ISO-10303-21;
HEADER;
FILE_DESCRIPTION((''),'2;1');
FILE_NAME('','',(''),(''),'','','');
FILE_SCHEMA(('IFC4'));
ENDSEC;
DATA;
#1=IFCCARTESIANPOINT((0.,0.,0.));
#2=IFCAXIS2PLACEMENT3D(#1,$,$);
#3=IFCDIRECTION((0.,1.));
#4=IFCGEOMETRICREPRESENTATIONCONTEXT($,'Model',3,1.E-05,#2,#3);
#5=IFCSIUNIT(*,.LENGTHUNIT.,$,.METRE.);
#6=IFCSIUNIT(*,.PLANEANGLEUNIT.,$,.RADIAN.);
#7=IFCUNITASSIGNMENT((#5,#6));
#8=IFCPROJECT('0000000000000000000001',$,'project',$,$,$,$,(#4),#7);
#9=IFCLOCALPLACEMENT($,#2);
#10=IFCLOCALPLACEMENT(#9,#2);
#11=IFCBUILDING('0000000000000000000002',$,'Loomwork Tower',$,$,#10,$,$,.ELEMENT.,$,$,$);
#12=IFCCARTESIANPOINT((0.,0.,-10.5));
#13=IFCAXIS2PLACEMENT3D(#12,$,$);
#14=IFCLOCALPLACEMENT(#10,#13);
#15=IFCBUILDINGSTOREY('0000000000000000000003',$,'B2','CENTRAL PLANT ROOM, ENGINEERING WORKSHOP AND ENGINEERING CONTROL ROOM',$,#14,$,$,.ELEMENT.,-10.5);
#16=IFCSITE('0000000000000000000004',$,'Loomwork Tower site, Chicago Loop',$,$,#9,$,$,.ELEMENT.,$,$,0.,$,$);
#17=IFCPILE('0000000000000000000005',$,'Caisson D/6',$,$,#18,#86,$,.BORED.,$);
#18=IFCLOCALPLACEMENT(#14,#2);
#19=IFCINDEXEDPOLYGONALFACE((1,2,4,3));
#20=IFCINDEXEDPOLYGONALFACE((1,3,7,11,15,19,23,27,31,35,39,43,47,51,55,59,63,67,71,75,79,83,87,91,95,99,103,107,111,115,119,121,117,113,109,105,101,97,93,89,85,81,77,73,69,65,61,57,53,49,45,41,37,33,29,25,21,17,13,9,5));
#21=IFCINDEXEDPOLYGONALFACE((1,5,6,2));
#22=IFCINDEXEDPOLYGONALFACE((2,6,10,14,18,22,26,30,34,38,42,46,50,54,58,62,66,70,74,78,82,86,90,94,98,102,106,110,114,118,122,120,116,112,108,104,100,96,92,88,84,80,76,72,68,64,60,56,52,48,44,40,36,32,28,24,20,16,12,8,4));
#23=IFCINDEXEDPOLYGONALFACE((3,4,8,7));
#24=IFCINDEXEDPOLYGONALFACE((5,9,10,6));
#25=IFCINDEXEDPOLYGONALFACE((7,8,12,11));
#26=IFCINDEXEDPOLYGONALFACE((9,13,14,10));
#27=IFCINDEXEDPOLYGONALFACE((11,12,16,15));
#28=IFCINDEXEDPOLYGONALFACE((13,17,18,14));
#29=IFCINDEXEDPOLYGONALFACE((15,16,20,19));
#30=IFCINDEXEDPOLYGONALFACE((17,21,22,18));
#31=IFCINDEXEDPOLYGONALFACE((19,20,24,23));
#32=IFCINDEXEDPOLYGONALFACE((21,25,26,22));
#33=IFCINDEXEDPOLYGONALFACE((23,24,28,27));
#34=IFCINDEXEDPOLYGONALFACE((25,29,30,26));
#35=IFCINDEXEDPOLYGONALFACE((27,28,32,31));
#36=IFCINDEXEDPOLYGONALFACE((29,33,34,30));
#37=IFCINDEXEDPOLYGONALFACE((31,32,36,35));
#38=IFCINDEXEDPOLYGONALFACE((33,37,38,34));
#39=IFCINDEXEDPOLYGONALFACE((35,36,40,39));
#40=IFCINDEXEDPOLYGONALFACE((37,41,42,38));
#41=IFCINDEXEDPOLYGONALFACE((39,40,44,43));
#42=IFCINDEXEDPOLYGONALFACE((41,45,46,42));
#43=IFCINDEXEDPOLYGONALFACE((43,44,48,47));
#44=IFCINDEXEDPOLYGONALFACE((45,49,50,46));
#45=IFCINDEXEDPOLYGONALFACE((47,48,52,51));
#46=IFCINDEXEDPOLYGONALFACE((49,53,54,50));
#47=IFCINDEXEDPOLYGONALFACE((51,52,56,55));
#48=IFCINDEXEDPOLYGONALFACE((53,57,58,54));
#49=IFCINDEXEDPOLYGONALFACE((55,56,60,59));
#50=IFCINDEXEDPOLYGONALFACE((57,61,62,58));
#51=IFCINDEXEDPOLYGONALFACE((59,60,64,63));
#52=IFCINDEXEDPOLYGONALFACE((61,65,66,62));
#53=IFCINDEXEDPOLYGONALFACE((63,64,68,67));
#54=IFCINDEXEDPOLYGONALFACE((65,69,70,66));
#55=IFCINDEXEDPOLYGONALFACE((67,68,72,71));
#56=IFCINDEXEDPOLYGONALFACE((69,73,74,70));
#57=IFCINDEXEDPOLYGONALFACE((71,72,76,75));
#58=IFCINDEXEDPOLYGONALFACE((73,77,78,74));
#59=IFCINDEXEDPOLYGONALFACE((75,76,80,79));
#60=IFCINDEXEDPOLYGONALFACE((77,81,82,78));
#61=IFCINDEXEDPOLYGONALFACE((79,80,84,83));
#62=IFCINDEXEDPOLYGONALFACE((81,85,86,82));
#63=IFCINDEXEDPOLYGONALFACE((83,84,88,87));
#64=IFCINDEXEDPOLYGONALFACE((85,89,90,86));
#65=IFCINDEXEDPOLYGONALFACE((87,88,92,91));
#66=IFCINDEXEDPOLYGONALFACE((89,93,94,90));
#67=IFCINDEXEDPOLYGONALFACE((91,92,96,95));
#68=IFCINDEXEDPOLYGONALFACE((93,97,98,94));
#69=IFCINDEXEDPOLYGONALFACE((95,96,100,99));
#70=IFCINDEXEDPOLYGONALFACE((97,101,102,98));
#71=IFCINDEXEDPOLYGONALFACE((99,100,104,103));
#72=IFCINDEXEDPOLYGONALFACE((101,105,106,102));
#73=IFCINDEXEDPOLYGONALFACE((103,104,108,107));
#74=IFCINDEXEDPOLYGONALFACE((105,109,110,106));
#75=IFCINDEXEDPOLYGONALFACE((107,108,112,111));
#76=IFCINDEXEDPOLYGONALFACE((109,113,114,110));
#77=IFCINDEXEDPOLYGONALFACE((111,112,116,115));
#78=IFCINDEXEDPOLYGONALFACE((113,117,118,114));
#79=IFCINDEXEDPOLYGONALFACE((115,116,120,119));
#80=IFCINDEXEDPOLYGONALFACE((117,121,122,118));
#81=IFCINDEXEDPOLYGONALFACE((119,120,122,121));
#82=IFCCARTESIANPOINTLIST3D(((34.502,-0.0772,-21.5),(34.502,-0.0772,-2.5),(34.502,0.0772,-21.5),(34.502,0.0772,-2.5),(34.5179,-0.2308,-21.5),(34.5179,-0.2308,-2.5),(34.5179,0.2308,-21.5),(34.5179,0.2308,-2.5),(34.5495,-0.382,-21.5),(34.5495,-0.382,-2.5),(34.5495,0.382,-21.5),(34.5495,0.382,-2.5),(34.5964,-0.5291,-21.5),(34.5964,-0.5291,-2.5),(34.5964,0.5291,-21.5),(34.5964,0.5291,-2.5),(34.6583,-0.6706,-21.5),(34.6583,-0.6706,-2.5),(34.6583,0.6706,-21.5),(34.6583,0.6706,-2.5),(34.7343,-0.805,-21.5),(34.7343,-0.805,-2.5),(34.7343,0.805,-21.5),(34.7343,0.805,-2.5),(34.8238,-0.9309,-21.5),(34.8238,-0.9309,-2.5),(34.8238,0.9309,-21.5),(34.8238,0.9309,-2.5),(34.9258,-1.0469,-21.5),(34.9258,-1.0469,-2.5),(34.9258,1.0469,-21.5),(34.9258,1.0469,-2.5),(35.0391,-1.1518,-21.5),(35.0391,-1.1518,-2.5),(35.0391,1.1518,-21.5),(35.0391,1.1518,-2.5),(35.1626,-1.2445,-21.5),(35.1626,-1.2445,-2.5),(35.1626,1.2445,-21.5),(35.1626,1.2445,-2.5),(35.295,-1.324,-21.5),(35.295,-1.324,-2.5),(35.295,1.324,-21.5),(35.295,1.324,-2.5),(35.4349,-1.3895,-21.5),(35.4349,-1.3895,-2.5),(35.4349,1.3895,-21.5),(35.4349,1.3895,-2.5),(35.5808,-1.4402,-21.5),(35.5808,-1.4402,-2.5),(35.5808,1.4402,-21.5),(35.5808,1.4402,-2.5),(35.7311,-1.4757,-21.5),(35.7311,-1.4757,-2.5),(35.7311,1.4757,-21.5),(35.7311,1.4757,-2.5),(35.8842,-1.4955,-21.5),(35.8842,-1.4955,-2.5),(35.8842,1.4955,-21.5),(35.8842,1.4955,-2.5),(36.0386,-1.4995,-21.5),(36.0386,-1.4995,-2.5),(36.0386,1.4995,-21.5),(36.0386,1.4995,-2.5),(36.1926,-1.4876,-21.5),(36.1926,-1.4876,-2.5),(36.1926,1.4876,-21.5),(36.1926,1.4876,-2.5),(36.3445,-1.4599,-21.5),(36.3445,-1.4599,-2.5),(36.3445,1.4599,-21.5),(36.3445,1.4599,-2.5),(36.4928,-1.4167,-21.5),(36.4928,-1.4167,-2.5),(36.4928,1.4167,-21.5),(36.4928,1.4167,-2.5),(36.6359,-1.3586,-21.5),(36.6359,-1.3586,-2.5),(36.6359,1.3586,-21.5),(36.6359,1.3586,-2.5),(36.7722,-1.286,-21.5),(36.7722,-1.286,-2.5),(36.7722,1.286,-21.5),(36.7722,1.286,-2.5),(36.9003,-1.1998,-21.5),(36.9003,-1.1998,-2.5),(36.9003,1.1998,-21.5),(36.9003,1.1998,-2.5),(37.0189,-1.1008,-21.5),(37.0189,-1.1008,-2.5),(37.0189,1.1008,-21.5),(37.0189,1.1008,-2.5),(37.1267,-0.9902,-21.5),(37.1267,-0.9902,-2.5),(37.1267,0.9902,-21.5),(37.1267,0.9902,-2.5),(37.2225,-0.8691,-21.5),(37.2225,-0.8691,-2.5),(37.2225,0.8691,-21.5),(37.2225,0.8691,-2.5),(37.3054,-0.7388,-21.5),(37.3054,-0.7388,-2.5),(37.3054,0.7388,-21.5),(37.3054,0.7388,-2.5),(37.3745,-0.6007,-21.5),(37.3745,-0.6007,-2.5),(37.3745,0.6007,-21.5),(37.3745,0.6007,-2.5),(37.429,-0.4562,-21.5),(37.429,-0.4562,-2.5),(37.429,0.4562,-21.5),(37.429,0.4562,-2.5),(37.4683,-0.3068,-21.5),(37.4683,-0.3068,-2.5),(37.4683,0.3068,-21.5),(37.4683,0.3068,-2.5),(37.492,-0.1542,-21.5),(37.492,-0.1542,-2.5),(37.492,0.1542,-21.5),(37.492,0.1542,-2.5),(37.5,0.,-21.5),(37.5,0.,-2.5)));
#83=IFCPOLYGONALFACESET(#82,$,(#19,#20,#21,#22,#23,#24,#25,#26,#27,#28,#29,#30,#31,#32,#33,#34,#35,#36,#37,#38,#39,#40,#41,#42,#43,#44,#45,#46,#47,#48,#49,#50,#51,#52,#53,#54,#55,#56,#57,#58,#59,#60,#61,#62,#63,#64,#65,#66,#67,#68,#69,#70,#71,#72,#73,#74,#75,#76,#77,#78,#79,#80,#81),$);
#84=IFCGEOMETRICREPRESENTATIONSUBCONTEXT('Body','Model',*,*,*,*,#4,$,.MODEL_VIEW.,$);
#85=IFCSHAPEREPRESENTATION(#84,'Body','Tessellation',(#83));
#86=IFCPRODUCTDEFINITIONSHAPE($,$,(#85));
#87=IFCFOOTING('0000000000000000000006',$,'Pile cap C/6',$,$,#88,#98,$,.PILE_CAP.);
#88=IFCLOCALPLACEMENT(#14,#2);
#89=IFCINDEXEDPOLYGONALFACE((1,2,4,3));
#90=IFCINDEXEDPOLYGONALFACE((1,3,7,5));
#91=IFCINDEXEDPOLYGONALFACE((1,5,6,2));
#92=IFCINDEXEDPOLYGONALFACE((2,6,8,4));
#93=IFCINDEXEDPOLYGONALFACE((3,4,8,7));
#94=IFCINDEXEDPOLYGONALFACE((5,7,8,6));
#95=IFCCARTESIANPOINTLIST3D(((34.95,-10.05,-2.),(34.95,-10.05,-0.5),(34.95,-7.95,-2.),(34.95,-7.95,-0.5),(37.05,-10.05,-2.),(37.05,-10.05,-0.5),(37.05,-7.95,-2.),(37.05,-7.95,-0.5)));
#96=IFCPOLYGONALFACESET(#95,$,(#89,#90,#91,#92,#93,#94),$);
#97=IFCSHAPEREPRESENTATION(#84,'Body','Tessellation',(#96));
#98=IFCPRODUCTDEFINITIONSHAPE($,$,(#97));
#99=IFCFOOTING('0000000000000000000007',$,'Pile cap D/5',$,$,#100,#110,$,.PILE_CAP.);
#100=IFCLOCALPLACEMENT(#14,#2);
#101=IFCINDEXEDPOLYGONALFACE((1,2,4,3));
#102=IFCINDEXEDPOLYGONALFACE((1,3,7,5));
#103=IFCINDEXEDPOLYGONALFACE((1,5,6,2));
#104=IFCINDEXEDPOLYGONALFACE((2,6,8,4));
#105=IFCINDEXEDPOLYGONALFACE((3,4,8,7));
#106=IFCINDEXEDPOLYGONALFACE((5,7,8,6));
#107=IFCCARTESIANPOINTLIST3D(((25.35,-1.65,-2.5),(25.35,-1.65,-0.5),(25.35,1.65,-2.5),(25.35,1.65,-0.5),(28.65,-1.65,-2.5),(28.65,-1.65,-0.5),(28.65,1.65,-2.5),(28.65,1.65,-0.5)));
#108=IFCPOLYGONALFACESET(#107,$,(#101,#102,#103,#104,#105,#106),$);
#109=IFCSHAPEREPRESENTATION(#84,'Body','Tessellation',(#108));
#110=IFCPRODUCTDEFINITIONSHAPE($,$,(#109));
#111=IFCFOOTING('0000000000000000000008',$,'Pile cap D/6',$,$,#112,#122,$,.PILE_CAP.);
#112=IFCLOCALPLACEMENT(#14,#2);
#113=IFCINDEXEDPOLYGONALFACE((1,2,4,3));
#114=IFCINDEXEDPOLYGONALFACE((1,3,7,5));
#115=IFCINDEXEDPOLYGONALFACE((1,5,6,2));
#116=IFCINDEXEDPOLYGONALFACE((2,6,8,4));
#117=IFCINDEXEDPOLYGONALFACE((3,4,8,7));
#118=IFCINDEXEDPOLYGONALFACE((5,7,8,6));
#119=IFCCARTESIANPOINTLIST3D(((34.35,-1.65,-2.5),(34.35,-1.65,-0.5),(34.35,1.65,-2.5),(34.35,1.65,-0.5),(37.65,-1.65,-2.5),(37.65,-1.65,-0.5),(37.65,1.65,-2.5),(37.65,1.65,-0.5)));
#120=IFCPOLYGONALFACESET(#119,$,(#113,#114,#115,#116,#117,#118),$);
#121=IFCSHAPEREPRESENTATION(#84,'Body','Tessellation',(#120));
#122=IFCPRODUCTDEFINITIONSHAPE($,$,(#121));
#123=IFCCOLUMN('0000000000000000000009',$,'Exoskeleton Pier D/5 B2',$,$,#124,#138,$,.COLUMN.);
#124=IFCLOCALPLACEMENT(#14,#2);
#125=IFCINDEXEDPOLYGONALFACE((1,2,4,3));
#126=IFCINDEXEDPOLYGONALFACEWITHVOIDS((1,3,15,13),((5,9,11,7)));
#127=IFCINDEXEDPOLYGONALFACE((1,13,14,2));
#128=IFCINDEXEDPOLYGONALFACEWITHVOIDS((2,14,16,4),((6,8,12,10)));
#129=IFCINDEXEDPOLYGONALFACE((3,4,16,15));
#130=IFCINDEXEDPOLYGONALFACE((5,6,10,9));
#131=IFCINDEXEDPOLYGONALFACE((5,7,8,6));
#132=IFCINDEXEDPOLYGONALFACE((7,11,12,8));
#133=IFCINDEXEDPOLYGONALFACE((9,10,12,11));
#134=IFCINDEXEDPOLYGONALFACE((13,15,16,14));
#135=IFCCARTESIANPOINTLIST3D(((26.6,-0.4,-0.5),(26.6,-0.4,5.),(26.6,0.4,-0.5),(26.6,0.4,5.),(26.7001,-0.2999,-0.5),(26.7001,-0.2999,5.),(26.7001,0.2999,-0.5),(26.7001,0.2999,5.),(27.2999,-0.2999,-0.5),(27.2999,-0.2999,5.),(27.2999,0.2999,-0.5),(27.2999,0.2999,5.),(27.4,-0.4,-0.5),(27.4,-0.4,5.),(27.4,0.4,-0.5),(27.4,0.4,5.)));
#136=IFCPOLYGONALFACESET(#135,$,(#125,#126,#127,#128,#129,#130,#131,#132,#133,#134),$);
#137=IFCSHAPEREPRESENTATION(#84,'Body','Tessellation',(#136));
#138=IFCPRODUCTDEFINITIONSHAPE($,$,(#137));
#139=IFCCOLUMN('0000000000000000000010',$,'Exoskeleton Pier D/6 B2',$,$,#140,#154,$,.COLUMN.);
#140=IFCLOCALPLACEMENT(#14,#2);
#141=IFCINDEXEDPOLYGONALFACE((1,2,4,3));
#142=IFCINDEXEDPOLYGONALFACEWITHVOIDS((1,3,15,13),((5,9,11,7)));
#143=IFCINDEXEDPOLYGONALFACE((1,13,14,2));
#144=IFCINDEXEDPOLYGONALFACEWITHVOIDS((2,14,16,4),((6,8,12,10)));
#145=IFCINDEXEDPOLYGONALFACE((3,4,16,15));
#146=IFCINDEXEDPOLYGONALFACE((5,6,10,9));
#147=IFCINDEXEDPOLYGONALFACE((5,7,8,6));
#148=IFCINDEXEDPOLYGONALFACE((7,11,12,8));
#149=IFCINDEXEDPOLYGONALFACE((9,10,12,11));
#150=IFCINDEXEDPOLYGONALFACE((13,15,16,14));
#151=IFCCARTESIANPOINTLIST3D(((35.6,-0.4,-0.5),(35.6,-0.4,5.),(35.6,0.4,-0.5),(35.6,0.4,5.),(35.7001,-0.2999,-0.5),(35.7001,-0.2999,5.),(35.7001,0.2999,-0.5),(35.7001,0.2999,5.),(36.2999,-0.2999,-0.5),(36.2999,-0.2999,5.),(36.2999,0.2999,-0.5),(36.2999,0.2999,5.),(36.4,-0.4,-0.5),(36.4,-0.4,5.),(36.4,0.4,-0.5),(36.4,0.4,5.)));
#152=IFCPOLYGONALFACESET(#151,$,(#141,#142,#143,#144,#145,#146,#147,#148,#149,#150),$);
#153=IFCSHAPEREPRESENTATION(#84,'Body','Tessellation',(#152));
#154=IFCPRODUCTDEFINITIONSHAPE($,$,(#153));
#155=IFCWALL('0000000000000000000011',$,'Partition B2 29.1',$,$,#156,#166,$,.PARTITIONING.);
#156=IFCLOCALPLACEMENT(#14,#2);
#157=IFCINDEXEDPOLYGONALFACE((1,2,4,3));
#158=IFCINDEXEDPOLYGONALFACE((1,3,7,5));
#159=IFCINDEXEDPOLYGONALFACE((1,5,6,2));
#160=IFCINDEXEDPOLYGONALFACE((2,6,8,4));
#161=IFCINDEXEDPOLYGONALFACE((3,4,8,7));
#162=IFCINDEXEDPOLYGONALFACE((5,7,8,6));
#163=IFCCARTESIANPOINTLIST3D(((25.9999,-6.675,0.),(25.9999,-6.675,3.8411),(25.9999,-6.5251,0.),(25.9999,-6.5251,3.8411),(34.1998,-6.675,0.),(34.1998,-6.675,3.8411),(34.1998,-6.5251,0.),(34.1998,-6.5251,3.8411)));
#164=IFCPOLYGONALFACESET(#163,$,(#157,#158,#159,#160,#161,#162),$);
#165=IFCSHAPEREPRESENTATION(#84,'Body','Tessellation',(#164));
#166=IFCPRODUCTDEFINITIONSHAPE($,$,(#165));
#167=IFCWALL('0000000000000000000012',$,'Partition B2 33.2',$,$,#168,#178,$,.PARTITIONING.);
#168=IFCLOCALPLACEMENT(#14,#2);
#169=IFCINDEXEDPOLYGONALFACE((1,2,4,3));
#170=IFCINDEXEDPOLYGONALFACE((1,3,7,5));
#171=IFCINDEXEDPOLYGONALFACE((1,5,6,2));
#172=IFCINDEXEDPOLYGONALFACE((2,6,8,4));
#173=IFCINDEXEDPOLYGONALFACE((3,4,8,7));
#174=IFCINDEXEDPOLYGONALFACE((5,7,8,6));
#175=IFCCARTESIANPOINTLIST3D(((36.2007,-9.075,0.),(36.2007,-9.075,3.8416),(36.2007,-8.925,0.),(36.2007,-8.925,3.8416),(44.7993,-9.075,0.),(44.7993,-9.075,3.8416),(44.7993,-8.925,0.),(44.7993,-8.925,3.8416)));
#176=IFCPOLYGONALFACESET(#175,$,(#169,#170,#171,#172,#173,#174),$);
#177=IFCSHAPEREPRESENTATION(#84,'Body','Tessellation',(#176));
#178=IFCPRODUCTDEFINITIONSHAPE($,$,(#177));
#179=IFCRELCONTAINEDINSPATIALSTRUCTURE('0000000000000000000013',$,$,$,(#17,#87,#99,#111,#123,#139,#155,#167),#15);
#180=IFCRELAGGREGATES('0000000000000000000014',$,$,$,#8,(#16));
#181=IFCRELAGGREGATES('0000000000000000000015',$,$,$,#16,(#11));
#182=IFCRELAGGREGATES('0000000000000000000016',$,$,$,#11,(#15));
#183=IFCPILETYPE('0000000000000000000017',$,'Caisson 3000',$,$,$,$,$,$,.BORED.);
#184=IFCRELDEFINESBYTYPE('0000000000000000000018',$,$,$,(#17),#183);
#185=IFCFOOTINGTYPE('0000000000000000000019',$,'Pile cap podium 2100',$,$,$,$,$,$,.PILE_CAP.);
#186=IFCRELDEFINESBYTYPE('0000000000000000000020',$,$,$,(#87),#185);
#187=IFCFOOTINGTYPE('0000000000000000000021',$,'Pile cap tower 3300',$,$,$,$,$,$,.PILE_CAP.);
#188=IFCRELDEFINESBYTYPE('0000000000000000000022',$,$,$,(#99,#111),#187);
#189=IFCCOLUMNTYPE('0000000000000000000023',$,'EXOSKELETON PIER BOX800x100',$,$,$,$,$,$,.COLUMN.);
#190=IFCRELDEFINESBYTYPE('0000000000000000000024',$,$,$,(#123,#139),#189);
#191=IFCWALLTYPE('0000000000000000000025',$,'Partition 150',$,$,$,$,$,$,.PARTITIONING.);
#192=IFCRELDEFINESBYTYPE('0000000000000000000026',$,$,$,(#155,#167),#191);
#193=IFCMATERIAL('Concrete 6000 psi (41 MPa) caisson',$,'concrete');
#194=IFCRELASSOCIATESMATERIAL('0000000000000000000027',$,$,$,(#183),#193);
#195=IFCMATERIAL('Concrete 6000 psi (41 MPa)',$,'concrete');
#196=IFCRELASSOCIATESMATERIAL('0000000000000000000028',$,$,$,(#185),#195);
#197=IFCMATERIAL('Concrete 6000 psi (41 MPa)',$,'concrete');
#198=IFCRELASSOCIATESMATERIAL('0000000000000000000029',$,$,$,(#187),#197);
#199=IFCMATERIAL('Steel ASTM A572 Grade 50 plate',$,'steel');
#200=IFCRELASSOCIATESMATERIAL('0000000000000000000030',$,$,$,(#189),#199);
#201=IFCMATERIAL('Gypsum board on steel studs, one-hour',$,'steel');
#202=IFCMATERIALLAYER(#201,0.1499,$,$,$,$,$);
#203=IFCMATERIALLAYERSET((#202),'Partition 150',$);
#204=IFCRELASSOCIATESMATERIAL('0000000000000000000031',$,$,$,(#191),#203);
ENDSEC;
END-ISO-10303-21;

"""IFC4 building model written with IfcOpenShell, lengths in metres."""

from ifc_helpers import new_model, si_unit, direction, frame, frame_2d, origin, origin_2d, place, context, subcontext, project, spatial, rectangle, hollow_rectangle, circle, extrude, material, layer, layer_set, material_profile, profile_set, type_object, element, save


model = new_model("IFC4")

# Units and contexts
model_context = context("Model", 3, precision=1e-05, world=origin(), true_north=direction((0.0, 1.0)))
body_context = subcontext(model_context, "Body", "Model", "MODEL_VIEW")
ifc_project = project(units=[si_unit("LENGTHUNIT", "METRE"), si_unit("PLANEANGLEUNIT", "RADIAN")], contexts=[model_context])

# Site, building, storey
site_placement = place(None, origin())
site = spatial("IfcSite", under=ifc_project, at=site_placement, Name="Loomwork Tower site, Chicago Loop", CompositionType="ELEMENT", RefElevation=0.0)
building_placement = place(site_placement, origin())
building = spatial("IfcBuilding", under=site, at=building_placement, Name="Loomwork Tower", CompositionType="ELEMENT")
storey_placement = place(building_placement, frame((0.0, 0.0, -10.5)))
storey = spatial("IfcBuildingStorey", under=building, at=storey_placement, Name="B2", Description="CENTRAL PLANT ROOM, ENGINEERING WORKSHOP AND ENGINEERING CONTROL ROOM", CompositionType="ELEMENT", Elevation=-10.5)

# Pile
ifc_material_1 = material(Name="Concrete 6000 psi (41 MPa) caisson", Category="concrete")
ifc_material_profile_1 = material_profile(ifc_material_1, circle(Radius=1.5, at=origin_2d()), Name="D3000")
ifc_profile_set_1 = profile_set([ifc_material_profile_1], Name="Concrete 6000 psi (41 MPa) caisson")
pile_type_1 = type_object("IfcPileType", Name="Caisson 3000", PredefinedType="BORED", material=ifc_profile_set_1)
for number, where, z_axis, x_axis, name in (
    (1, (36.0, 0.0, -2.5), (0.0, 0.0, -1.0), (1.0, 0.0, 0.0), "Caisson D/6"),
):
    element("IfcPile", number, at=place(storey_placement, frame(where, z_axis=z_axis, x_axis=x_axis)), inside=storey, type_object=pile_type_1, Name=name, PredefinedType="BORED", context=body_context, shape_type="SweptSolid", body=[
        extrude(circle(Radius=1.5, at=origin_2d()), origin(), (0.0, 0.0, 1.0), 19.0),
    ])

# Footings
ifc_material_2 = material(Name="Concrete 6000 psi (41 MPa)", Category="concrete")
footing_type_1 = type_object("IfcFootingType", Name="Pile cap podium 2100", PredefinedType="PILE_CAP", material=ifc_material_2)
footing_placement = place(storey_placement, frame((36.0, -9.0, -2.0), z_axis=(0.0, 0.0, 1.0), x_axis=(1.0, 0.0, 0.0)))
element("IfcFooting", 2, at=footing_placement, inside=storey, type_object=footing_type_1, Name="Pile cap C/6", PredefinedType="PILE_CAP", context=body_context, shape_type="SweptSolid", body=[
    extrude(rectangle(XDim=2.1001, YDim=2.1001, at=origin_2d()), origin(), (0.0, 0.0, 1.0), 1.5),
])
ifc_material_3 = material(Name="Concrete 6000 psi (41 MPa)", Category="concrete")
footing_type_2 = type_object("IfcFootingType", Name="Pile cap tower 3300", PredefinedType="PILE_CAP", material=ifc_material_3)
for number, where, z_axis, x_axis, name in (
    (3, (27.0, 0.0, -2.5), (0.0, 0.0, 1.0), (1.0, 0.0, 0.0), "Pile cap D/5"),
    (4, (36.0, 0.0, -2.5), (0.0, 0.0, 1.0), (1.0, 0.0, 0.0), "Pile cap D/6"),
):
    element("IfcFooting", number, at=place(storey_placement, frame(where, z_axis=z_axis, x_axis=x_axis)), inside=storey, type_object=footing_type_2, Name=name, PredefinedType="PILE_CAP", context=body_context, shape_type="SweptSolid", body=[
        extrude(rectangle(XDim=3.3, YDim=3.3, at=origin_2d()), origin(), (0.0, 0.0, 1.0), 2.0),
    ])

# Columns
ifc_material_4 = material(Name="Steel ASTM A572 Grade 50 plate", Category="steel")
ifc_material_profile_2 = material_profile(ifc_material_4, hollow_rectangle(XDim=0.8, YDim=0.8, WallThickness=0.1001, at=origin_2d()), Name="BOX800x100")
ifc_profile_set_2 = profile_set([ifc_material_profile_2], Name="Steel ASTM A572 Grade 50 plate")
column_type = type_object("IfcColumnType", Name="EXOSKELETON PIER BOX800x100", PredefinedType="COLUMN", material=ifc_profile_set_2)
for number, where, z_axis, x_axis, name in (
    (5, (27.0, 0.0, -0.5), (0.0, 0.0, 1.0), (1.0, 0.0, 0.0), "Exoskeleton Pier D/5 B2"),
    (6, (36.0, 0.0, -0.5), (0.0, 0.0, 1.0), (1.0, 0.0, 0.0), "Exoskeleton Pier D/6 B2"),
):
    element("IfcColumn", number, at=place(storey_placement, frame(where, z_axis=z_axis, x_axis=x_axis)), inside=storey, type_object=column_type, Name=name, PredefinedType="COLUMN", context=body_context, shape_type="SweptSolid", body=[
        extrude(hollow_rectangle(XDim=0.8, YDim=0.8, WallThickness=0.1001, at=origin_2d()), origin(), (0.0, 0.0, 1.0), 5.5),
    ])

# Walls
ifc_material_5 = material(Name="Gypsum board on steel studs, one-hour", Category="steel")
ifc_layer_1 = layer(ifc_material_5, 0.1499)
ifc_layer_set_1 = layer_set([ifc_layer_1], Name="Partition 150")
wall_type = type_object("IfcWallType", Name="Partition 150", PredefinedType="PARTITIONING", material=ifc_layer_set_1)
wall_1_placement = place(storey_placement, frame((34.2, -6.6001, 0.0), z_axis=(0.0, 0.0, 1.0), x_axis=(-1.0, 0.0, 0.0)))
element("IfcWall", 7, at=wall_1_placement, inside=storey, type_object=wall_type, Name="Partition B2 29.1", PredefinedType="PARTITIONING", context=body_context, shape_type="SweptSolid", body=[
    extrude(rectangle(XDim=8.2, YDim=0.1499, at=frame_2d((4.1001, 0.0))), origin(), (0.0, 0.0, 1.0), 3.8411),
])
wall_2_placement = place(storey_placement, frame((36.2007, -9.0, 0.0), z_axis=(0.0, 0.0, 1.0), x_axis=(1.0, 0.0, 0.0)))
element("IfcWall", 8, at=wall_2_placement, inside=storey, type_object=wall_type, Name="Partition B2 33.2", PredefinedType="PARTITIONING", context=body_context, shape_type="SweptSolid", body=[
    extrude(rectangle(XDim=8.5986, YDim=0.1499, at=frame_2d((4.2993, 0.0))), origin(), (0.0, 0.0, 1.0), 3.8416),
])

save(model, "model.ifc")
